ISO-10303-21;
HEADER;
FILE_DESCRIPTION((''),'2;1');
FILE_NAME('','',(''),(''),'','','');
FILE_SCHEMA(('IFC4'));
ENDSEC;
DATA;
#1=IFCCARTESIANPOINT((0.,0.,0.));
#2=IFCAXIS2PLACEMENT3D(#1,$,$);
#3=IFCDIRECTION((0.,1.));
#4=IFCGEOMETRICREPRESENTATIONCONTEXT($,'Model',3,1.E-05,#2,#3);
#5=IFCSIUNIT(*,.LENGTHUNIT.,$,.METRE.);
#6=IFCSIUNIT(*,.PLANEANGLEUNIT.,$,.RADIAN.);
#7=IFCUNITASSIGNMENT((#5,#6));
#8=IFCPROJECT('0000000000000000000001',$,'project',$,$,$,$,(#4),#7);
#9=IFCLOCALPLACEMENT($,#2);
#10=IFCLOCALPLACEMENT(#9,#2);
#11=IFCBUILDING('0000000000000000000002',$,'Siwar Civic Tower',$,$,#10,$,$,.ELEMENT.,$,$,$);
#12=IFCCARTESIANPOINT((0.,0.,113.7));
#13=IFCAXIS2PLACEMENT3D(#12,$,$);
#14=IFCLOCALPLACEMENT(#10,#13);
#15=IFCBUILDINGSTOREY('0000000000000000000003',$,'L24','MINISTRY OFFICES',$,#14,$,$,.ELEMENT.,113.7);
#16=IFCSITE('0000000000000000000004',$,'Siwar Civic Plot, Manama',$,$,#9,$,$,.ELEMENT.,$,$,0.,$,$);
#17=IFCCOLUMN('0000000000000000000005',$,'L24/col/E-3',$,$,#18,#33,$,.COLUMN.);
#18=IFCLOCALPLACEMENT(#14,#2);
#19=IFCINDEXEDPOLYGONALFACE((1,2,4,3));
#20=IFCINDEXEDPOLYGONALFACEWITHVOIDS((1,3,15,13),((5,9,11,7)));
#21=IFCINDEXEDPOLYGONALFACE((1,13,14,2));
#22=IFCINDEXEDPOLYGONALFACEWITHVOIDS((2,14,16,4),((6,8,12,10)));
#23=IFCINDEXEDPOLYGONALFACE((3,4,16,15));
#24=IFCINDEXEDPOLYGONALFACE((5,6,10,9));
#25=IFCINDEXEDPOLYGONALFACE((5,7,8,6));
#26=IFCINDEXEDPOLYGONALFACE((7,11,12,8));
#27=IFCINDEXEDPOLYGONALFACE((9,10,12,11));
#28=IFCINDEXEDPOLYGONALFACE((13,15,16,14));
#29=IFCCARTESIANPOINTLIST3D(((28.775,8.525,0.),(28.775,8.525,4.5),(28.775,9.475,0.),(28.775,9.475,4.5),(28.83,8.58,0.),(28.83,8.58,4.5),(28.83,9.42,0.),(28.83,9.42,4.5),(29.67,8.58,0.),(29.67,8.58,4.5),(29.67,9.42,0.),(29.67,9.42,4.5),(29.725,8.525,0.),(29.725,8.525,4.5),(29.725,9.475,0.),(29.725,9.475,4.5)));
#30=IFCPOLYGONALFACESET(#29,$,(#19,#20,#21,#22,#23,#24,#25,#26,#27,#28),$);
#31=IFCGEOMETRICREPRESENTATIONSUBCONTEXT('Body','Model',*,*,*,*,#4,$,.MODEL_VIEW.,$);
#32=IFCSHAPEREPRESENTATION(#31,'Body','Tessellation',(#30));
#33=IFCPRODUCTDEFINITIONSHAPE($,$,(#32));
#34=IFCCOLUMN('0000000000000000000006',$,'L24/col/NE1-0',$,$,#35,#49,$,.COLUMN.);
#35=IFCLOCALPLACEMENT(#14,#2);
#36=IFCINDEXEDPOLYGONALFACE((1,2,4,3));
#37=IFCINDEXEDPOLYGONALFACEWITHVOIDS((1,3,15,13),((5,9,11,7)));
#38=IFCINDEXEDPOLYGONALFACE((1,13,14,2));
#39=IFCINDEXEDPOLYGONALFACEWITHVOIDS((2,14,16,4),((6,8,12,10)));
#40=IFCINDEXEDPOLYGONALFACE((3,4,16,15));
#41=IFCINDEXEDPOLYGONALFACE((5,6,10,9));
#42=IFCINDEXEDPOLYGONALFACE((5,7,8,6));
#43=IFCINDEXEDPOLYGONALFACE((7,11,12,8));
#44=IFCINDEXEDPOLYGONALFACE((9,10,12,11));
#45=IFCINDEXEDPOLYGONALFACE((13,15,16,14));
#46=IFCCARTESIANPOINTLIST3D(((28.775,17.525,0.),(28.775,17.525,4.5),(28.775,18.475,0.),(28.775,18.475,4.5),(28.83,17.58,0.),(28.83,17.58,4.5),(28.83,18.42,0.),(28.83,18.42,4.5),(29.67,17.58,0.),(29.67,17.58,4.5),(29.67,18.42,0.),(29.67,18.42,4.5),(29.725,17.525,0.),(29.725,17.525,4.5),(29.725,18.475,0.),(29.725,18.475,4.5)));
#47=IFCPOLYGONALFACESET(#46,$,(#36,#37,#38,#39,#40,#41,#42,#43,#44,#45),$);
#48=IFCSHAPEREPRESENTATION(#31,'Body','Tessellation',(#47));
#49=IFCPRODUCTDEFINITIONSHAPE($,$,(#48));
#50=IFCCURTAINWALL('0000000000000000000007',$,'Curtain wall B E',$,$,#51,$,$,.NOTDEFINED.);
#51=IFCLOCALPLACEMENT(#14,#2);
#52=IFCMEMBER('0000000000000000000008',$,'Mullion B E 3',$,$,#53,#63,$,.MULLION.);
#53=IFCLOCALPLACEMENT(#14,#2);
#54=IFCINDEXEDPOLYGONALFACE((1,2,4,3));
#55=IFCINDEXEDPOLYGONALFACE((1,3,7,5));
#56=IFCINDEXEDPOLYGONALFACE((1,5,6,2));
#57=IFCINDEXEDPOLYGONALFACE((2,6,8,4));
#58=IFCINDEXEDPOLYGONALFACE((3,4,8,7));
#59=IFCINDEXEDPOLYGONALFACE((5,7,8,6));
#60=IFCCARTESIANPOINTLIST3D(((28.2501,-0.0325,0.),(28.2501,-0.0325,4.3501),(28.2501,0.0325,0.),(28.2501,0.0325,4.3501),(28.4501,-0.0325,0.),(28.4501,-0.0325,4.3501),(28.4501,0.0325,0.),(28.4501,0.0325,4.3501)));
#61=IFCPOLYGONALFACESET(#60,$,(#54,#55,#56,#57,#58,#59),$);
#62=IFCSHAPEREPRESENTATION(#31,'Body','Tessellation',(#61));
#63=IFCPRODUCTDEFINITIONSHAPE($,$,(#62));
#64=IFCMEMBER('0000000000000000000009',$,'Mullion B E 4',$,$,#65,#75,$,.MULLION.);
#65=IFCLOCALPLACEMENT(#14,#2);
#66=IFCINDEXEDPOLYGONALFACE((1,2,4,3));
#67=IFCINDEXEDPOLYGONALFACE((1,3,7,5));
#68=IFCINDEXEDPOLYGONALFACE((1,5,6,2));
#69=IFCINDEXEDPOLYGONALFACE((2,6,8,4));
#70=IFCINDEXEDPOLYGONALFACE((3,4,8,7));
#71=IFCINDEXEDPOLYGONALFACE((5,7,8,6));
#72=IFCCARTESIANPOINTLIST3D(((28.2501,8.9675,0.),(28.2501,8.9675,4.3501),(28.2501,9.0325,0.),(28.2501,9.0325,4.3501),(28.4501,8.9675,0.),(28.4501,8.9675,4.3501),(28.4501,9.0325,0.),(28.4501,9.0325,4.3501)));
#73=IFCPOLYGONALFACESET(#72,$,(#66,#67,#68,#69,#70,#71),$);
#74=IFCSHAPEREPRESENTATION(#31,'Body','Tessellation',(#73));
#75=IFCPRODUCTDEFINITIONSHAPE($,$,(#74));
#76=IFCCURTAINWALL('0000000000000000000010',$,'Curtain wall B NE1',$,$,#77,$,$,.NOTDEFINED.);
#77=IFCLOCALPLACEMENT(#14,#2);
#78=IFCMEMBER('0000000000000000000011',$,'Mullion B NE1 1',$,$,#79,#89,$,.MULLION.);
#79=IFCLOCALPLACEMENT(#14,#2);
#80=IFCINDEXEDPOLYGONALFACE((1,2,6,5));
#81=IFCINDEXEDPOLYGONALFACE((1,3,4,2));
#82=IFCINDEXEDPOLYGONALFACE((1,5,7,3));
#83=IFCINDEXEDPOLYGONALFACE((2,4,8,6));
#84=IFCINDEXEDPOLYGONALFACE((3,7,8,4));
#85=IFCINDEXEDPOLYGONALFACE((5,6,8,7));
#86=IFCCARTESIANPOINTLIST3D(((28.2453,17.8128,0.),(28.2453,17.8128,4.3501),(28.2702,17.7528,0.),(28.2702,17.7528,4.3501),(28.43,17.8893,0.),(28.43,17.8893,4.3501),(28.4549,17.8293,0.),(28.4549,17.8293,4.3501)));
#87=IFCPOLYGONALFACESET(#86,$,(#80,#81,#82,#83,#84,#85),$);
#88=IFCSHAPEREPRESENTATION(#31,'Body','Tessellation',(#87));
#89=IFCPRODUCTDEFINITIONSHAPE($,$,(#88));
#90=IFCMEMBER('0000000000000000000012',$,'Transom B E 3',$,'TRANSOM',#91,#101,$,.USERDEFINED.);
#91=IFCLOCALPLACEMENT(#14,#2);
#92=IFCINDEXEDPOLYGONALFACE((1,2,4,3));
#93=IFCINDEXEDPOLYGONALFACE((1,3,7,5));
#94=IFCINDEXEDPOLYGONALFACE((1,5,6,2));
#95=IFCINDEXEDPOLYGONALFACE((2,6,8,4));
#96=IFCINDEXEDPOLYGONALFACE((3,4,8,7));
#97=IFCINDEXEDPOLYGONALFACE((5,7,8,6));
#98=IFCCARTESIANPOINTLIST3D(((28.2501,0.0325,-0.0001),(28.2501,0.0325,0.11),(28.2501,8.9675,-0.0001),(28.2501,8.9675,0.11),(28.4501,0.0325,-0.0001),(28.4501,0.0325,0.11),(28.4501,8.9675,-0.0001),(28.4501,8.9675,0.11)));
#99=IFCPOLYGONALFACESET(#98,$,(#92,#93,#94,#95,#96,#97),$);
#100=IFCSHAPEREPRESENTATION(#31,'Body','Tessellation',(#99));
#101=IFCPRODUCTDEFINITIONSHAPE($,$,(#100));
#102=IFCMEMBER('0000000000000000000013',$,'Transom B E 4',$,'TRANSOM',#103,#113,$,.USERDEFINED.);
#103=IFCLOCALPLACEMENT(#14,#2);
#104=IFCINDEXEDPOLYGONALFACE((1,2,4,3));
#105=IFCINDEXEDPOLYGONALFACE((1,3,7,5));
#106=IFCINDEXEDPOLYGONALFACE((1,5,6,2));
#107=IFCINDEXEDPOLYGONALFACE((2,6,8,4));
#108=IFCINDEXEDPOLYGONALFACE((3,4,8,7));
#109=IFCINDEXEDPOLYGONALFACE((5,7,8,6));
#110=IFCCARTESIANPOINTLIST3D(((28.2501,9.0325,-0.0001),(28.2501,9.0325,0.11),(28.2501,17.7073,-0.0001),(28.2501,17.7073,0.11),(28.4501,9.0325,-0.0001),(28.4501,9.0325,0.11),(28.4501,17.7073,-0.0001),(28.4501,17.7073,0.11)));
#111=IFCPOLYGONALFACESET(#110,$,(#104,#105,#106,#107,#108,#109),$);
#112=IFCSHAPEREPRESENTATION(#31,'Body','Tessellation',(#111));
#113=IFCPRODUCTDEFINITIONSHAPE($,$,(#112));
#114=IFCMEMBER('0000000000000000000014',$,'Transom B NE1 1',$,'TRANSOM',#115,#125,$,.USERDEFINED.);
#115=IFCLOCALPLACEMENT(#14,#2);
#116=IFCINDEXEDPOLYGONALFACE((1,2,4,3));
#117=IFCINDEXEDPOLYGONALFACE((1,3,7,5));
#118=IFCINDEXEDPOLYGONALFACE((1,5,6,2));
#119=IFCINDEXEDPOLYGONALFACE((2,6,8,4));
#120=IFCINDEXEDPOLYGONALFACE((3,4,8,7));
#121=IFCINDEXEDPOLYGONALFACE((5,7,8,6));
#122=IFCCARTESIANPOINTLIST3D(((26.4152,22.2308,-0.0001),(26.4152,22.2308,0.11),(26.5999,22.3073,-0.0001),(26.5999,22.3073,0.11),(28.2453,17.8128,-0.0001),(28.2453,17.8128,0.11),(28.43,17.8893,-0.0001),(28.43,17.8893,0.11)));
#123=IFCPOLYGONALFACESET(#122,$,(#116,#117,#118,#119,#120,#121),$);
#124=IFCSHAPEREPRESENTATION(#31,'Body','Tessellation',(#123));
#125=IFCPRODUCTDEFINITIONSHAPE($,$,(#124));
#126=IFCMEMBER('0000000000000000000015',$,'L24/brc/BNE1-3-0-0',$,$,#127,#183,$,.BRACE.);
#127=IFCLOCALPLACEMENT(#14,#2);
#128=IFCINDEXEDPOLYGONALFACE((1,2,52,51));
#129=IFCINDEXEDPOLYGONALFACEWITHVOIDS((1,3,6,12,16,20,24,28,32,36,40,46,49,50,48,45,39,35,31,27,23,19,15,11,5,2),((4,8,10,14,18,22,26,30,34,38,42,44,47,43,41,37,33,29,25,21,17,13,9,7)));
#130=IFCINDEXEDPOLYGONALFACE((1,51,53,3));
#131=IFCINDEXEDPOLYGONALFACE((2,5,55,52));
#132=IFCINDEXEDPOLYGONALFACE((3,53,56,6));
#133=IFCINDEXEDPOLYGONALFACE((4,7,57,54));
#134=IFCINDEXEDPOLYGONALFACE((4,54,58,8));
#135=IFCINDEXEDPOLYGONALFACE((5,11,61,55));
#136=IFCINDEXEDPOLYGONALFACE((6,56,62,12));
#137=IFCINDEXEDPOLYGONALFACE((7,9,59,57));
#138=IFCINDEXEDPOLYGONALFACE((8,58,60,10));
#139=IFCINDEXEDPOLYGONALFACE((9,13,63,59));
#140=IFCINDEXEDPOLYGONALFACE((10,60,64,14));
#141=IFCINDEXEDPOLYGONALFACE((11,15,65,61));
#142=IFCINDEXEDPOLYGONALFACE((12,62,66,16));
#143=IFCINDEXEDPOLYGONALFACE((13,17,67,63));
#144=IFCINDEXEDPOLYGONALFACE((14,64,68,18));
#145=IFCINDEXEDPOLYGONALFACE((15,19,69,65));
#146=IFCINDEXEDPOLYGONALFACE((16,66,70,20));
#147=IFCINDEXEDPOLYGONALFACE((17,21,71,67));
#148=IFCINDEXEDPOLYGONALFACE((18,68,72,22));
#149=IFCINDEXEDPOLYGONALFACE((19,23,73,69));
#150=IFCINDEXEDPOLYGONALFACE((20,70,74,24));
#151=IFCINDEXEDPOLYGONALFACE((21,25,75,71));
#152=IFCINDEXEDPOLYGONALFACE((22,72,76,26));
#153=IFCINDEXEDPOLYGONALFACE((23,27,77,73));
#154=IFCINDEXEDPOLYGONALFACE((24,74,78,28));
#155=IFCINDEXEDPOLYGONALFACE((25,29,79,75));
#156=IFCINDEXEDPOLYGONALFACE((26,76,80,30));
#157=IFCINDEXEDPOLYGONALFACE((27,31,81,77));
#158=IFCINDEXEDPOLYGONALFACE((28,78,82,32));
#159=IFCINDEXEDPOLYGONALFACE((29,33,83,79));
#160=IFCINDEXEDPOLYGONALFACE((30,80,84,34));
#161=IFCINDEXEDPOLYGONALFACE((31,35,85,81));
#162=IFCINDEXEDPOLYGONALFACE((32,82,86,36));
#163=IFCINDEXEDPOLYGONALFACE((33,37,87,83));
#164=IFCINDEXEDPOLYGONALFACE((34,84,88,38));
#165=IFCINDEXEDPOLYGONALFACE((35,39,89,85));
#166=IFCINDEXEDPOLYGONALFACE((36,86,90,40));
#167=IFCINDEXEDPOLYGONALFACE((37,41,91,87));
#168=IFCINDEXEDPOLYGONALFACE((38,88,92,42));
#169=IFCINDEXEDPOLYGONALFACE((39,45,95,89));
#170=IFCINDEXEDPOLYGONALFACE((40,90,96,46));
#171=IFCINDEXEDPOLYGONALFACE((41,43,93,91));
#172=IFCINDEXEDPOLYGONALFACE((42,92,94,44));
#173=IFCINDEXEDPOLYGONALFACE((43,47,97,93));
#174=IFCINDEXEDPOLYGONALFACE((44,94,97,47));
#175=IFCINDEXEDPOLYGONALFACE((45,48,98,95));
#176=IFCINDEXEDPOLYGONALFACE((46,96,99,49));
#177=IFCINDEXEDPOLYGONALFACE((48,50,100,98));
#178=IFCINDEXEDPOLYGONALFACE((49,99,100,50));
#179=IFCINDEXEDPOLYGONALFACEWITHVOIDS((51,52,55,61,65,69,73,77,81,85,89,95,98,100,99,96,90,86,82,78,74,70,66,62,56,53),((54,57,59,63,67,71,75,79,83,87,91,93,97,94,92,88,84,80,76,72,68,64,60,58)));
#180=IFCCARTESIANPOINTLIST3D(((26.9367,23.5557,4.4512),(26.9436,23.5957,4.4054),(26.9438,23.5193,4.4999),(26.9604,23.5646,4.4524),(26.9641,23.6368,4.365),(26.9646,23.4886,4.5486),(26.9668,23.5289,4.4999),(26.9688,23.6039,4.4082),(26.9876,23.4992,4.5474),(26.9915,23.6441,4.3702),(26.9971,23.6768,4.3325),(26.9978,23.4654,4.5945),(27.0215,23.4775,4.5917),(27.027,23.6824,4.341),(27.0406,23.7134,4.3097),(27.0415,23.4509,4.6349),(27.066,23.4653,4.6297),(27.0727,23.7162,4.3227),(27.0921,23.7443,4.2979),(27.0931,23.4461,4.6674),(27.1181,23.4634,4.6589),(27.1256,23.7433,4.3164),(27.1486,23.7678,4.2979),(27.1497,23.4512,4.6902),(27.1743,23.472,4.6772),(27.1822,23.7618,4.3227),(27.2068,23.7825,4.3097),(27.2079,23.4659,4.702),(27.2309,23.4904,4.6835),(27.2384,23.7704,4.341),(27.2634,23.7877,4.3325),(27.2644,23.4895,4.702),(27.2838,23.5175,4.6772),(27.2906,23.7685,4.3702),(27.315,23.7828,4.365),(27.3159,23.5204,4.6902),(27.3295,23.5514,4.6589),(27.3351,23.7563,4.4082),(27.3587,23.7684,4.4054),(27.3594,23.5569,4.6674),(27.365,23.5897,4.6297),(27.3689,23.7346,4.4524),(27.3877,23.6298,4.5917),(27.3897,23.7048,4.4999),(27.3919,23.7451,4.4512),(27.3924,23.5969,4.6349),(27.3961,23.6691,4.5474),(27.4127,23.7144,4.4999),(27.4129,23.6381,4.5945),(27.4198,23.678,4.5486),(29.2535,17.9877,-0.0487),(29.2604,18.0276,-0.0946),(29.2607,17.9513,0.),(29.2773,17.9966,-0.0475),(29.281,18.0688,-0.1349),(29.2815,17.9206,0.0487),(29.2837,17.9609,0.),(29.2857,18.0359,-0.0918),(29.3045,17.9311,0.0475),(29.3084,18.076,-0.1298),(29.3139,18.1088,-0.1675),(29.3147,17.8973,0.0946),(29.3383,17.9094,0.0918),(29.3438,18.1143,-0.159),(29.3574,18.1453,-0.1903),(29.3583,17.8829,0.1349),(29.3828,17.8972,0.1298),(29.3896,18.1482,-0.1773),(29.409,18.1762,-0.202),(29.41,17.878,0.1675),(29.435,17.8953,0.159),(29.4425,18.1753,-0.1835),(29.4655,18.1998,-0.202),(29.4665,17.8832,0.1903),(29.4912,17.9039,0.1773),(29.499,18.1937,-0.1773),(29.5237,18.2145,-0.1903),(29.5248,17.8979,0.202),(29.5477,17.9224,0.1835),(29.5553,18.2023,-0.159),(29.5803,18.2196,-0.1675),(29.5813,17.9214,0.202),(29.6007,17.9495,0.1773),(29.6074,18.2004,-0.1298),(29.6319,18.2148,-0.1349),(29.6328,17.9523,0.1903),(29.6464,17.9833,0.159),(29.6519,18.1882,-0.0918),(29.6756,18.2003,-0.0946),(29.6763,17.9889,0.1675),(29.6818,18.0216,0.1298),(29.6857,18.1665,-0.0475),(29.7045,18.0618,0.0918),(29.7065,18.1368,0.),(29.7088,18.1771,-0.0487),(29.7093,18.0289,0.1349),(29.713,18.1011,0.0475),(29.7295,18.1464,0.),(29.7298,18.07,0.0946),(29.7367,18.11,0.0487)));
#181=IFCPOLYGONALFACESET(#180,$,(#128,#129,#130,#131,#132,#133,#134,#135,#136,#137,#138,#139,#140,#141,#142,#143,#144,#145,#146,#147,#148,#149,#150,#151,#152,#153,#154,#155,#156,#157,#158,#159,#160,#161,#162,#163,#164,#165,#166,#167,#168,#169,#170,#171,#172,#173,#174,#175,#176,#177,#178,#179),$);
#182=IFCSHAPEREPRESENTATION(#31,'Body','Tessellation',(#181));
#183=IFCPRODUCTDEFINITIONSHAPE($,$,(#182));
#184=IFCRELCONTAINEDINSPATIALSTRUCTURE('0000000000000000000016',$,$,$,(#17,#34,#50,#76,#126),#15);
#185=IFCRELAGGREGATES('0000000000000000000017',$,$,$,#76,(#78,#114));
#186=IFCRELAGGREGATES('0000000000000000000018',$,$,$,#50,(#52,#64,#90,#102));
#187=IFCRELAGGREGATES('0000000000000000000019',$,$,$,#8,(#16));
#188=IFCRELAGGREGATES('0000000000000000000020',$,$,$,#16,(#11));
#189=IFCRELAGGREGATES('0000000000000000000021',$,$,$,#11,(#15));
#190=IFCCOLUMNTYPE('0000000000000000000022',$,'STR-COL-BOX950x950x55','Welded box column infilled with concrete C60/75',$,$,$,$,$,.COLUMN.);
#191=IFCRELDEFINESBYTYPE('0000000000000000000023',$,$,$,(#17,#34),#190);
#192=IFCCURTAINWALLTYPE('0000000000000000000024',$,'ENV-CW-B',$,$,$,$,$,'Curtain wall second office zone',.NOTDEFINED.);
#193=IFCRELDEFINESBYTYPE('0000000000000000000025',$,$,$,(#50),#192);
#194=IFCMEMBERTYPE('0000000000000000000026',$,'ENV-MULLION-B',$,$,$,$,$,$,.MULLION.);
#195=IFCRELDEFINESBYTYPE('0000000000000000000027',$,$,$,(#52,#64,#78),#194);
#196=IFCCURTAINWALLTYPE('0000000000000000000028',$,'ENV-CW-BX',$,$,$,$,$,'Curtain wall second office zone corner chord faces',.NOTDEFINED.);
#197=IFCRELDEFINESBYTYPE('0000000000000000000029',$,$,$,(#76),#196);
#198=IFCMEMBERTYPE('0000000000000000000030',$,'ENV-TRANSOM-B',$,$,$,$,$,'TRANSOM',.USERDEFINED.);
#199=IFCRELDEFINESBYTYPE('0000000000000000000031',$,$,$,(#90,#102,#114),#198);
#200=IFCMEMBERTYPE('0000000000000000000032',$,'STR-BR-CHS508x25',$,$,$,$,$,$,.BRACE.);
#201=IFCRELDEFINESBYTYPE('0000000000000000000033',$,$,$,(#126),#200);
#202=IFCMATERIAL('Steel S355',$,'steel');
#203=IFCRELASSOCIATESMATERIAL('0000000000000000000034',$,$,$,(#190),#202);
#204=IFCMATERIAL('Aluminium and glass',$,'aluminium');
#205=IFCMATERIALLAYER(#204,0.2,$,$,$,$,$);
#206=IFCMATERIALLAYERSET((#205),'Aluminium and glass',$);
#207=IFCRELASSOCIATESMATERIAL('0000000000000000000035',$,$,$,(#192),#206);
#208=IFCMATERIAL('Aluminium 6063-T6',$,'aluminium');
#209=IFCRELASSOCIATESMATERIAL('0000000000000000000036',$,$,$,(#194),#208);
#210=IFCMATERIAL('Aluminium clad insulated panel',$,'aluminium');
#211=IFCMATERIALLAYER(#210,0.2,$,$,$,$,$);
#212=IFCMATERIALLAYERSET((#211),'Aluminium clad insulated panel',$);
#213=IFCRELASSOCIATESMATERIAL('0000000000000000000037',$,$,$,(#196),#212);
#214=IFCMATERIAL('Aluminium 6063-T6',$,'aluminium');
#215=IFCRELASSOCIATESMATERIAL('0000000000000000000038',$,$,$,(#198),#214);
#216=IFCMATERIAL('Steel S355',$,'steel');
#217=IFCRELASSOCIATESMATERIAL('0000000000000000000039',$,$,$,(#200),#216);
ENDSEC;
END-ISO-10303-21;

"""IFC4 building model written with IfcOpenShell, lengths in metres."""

from ifc_helpers import new_model, si_unit, direction, frame, origin, origin_2d, place, context, subcontext, project, spatial, rectangle, hollow_rectangle, hollow_circle, extrude, material, layer, layer_set, material_profile, profile_set, type_object, element, aggregate, save


model = new_model("IFC4")

# Units and contexts
model_context = context("Model", 3, precision=1e-05, world=origin(), true_north=direction((0.0, 1.0)))
body_context = subcontext(model_context, "Body", "Model", "MODEL_VIEW")
ifc_project = project(units=[si_unit("LENGTHUNIT", "METRE"), si_unit("PLANEANGLEUNIT", "RADIAN")], contexts=[model_context])

# Site, building, storey
site_placement = place(None, origin())
site = spatial("IfcSite", under=ifc_project, at=site_placement, Name="Siwar Civic Plot, Manama", CompositionType="ELEMENT", RefElevation=0.0)
building_placement = place(site_placement, origin())
building = spatial("IfcBuilding", under=site, at=building_placement, Name="Siwar Civic Tower", CompositionType="ELEMENT")
storey_placement = place(building_placement, frame((0.0, 0.0, 113.7)))
storey = spatial("IfcBuildingStorey", under=building, at=storey_placement, Name="L24", Description="MINISTRY OFFICES", CompositionType="ELEMENT", Elevation=113.7)

# Columns
ifc_material_1 = material(Name="Steel S355", Category="steel")
ifc_material_profile_1 = material_profile(ifc_material_1, hollow_rectangle(XDim=0.95, YDim=0.95, WallThickness=0.0549, at=origin_2d()), Name="BOX950x950x55")
ifc_profile_set_1 = profile_set([ifc_material_profile_1], Name="Steel S355")
column_type = type_object("IfcColumnType", Name="STR-COL-BOX950x950x55", Description="Welded box column infilled with concrete C60/75", PredefinedType="COLUMN", material=ifc_profile_set_1)
for number, where, z_axis, x_axis, name in (
    (1, (29.25, 9.0, 0.0), (0.0, 0.0, 1.0), (1.0, 0.0, 0.0), "L24/col/E-3"),
    (2, (29.25, 18.0, 0.0), (0.0, 0.0, 1.0), (1.0, 0.0, 0.0), "L24/col/NE1-0"),
):
    element("IfcColumn", number, at=place(storey_placement, frame(where, z_axis=z_axis, x_axis=x_axis)), inside=storey, type_object=column_type, Name=name, PredefinedType="COLUMN", context=body_context, shape_type="SweptSolid", body=[
        extrude(hollow_rectangle(XDim=0.95, YDim=0.95, WallThickness=0.0549, at=origin_2d()), origin(), (0.0, 0.0, 1.0), 4.5),
    ])

# Curtain wall, members
ifc_material_2 = material(Name="Aluminium and glass", Category="aluminium")
ifc_layer_1 = layer(ifc_material_2, 0.2)
ifc_layer_set_1 = layer_set([ifc_layer_1], Name="Aluminium and glass")
curtain_wall_type_1 = type_object("IfcCurtainWallType", Name="ENV-CW-B", ElementType="Curtain wall second office zone", PredefinedType="NOTDEFINED", material=ifc_layer_set_1)
curtain_wall_1_placement = place(storey_placement, origin())
curtain_wall_1 = element("IfcCurtainWall", 3, at=curtain_wall_1_placement, inside=storey, type_object=curtain_wall_type_1, Name="Curtain wall B E", PredefinedType="NOTDEFINED")
ifc_material_3 = material(Name="Aluminium 6063-T6", Category="aluminium")
ifc_material_profile_2 = material_profile(ifc_material_3, rectangle(XDim=0.2, YDim=0.0649, at=origin_2d()), Name="AL 200x65")
ifc_profile_set_2 = profile_set([ifc_material_profile_2], Name="Aluminium 6063-T6")
member_type_1 = type_object("IfcMemberType", Name="ENV-MULLION-B", PredefinedType="MULLION", material=ifc_profile_set_2)
member_1_placement = place(storey_placement, frame((28.3501, 0.0, 0.0), z_axis=(0.0, 0.0, 1.0), x_axis=(-1.0, 0.0, 0.0)))
member_1 = element("IfcMember", 4, at=member_1_placement, type_object=member_type_1, Name="Mullion B E 3", PredefinedType="MULLION", context=body_context, shape_type="SweptSolid", body=[
    extrude(rectangle(XDim=0.2, YDim=0.0649, at=origin_2d()), origin(), (0.0, 0.0, 1.0), 4.3501),
])
member_2_placement = place(storey_placement, frame((28.3501, 9.0, 0.0), z_axis=(0.0, 0.0, 1.0), x_axis=(-1.0, 0.0, 0.0)))
member_2 = element("IfcMember", 5, at=member_2_placement, type_object=member_type_1, Name="Mullion B E 4", PredefinedType="MULLION", context=body_context, shape_type="SweptSolid", body=[
    extrude(rectangle(XDim=0.2, YDim=0.0649, at=origin_2d()), origin(), (0.0, 0.0, 1.0), 4.3501),
])

# Curtain wall, member
ifc_material_4 = material(Name="Aluminium clad insulated panel", Category="aluminium")
ifc_layer_2 = layer(ifc_material_4, 0.2)
ifc_layer_set_2 = layer_set([ifc_layer_2], Name="Aluminium clad insulated panel")
curtain_wall_type_2 = type_object("IfcCurtainWallType", Name="ENV-CW-BX", ElementType="Curtain wall second office zone corner chord faces", PredefinedType="NOTDEFINED", material=ifc_layer_set_2)
curtain_wall_2_placement = place(storey_placement, origin())
curtain_wall_2 = element("IfcCurtainWall", 6, at=curtain_wall_2_placement, inside=storey, type_object=curtain_wall_type_2, Name="Curtain wall B NE1", PredefinedType="NOTDEFINED")
member_3_placement = place(storey_placement, frame((28.3501, 17.821, 0.0), z_axis=(0.0, 0.0, 1.0), x_axis=(-0.92388, -0.382683, 0.0)))
member_3 = element("IfcMember", 7, at=member_3_placement, type_object=member_type_1, Name="Mullion B NE1 1", PredefinedType="MULLION", context=body_context, shape_type="SweptSolid", body=[
    extrude(rectangle(XDim=0.2, YDim=0.0649, at=origin_2d()), origin(), (0.0, 0.0, 1.0), 4.3501),
])

# Members
ifc_material_5 = material(Name="Aluminium 6063-T6", Category="aluminium")
ifc_material_profile_3 = material_profile(ifc_material_5, rectangle(XDim=0.2, YDim=0.1101, at=origin_2d()), Name="AL 200x110")
ifc_profile_set_3 = profile_set([ifc_material_profile_3], Name="Aluminium 6063-T6")
member_type_2 = type_object("IfcMemberType", Name="ENV-TRANSOM-B", ElementType="TRANSOM", PredefinedType="USERDEFINED", material=ifc_profile_set_3)
member_4_placement = place(storey_placement, frame((28.3501, 0.0325, 0.0549), z_axis=(0.0, 1.0, 0.0), x_axis=(-1.0, 0.0, 0.0)))
member_4 = element("IfcMember", 8, at=member_4_placement, type_object=member_type_2, Name="Transom B E 3", ObjectType="TRANSOM", PredefinedType="USERDEFINED", context=body_context, shape_type="SweptSolid", body=[
    extrude(rectangle(XDim=0.2, YDim=0.1101, at=origin_2d()), origin(), (0.0, 0.0, 1.0), 8.9351),
])
member_5_placement = place(storey_placement, frame((28.3501, 9.0325, 0.0549), z_axis=(0.0, 1.0, 0.0), x_axis=(-1.0, 0.0, 0.0)))
member_5 = element("IfcMember", 9, at=member_5_placement, type_object=member_type_2, Name="Transom B E 4", ObjectType="TRANSOM", PredefinedType="USERDEFINED", context=body_context, shape_type="SweptSolid", body=[
    extrude(rectangle(XDim=0.2, YDim=0.1101, at=origin_2d()), origin(), (0.0, 0.0, 1.0), 8.6748),
])
member_6_placement = place(storey_placement, frame((28.3376, 17.8511, 0.0549), z_axis=(-0.3827, 0.923872, 0.0), x_axis=(-0.923872, -0.3827, 0.0)))
member_6 = element("IfcMember", 10, at=member_6_placement, type_object=member_type_2, Name="Transom B NE1 1", ObjectType="TRANSOM", PredefinedType="USERDEFINED", context=body_context, shape_type="SweptSolid", body=[
    extrude(rectangle(XDim=0.2, YDim=0.1101, at=origin_2d()), origin(), (0.0, 0.0, 1.0), 4.782),
])
aggregate(curtain_wall_2, [member_3, member_6])
ifc_material_6 = material(Name="Steel S355", Category="steel")
ifc_material_profile_4 = material_profile(ifc_material_6, hollow_circle(Radius=0.2539, WallThickness=0.0249, at=origin_2d()), Name="CHS508x25")
ifc_profile_set_4 = profile_set([ifc_material_profile_4], Name="Steel S355")
member_type_3 = type_object("IfcMemberType", Name="STR-BR-CHS508x25", PredefinedType="BRACE", material=ifc_profile_set_4)
member_7_placement = place(storey_placement, frame((29.4951, 18.0488, 0.0), z_axis=(-0.307903, 0.739973, 0.598026), x_axis=(-0.923262, -0.38417, 0.0)))
element("IfcMember", 11, at=member_7_placement, inside=storey, type_object=member_type_3, Name="L24/brc/BNE1-3-0-0", PredefinedType="BRACE", context=body_context, shape_type="SweptSolid", body=[
    extrude(hollow_circle(Radius=0.2539, WallThickness=0.0249, at=origin_2d()), origin(), (0.0, 0.0, 1.0), 7.5247),
])

aggregate(curtain_wall_1, [member_1, member_2, member_4, member_5])

save(model, "model.ifc")
